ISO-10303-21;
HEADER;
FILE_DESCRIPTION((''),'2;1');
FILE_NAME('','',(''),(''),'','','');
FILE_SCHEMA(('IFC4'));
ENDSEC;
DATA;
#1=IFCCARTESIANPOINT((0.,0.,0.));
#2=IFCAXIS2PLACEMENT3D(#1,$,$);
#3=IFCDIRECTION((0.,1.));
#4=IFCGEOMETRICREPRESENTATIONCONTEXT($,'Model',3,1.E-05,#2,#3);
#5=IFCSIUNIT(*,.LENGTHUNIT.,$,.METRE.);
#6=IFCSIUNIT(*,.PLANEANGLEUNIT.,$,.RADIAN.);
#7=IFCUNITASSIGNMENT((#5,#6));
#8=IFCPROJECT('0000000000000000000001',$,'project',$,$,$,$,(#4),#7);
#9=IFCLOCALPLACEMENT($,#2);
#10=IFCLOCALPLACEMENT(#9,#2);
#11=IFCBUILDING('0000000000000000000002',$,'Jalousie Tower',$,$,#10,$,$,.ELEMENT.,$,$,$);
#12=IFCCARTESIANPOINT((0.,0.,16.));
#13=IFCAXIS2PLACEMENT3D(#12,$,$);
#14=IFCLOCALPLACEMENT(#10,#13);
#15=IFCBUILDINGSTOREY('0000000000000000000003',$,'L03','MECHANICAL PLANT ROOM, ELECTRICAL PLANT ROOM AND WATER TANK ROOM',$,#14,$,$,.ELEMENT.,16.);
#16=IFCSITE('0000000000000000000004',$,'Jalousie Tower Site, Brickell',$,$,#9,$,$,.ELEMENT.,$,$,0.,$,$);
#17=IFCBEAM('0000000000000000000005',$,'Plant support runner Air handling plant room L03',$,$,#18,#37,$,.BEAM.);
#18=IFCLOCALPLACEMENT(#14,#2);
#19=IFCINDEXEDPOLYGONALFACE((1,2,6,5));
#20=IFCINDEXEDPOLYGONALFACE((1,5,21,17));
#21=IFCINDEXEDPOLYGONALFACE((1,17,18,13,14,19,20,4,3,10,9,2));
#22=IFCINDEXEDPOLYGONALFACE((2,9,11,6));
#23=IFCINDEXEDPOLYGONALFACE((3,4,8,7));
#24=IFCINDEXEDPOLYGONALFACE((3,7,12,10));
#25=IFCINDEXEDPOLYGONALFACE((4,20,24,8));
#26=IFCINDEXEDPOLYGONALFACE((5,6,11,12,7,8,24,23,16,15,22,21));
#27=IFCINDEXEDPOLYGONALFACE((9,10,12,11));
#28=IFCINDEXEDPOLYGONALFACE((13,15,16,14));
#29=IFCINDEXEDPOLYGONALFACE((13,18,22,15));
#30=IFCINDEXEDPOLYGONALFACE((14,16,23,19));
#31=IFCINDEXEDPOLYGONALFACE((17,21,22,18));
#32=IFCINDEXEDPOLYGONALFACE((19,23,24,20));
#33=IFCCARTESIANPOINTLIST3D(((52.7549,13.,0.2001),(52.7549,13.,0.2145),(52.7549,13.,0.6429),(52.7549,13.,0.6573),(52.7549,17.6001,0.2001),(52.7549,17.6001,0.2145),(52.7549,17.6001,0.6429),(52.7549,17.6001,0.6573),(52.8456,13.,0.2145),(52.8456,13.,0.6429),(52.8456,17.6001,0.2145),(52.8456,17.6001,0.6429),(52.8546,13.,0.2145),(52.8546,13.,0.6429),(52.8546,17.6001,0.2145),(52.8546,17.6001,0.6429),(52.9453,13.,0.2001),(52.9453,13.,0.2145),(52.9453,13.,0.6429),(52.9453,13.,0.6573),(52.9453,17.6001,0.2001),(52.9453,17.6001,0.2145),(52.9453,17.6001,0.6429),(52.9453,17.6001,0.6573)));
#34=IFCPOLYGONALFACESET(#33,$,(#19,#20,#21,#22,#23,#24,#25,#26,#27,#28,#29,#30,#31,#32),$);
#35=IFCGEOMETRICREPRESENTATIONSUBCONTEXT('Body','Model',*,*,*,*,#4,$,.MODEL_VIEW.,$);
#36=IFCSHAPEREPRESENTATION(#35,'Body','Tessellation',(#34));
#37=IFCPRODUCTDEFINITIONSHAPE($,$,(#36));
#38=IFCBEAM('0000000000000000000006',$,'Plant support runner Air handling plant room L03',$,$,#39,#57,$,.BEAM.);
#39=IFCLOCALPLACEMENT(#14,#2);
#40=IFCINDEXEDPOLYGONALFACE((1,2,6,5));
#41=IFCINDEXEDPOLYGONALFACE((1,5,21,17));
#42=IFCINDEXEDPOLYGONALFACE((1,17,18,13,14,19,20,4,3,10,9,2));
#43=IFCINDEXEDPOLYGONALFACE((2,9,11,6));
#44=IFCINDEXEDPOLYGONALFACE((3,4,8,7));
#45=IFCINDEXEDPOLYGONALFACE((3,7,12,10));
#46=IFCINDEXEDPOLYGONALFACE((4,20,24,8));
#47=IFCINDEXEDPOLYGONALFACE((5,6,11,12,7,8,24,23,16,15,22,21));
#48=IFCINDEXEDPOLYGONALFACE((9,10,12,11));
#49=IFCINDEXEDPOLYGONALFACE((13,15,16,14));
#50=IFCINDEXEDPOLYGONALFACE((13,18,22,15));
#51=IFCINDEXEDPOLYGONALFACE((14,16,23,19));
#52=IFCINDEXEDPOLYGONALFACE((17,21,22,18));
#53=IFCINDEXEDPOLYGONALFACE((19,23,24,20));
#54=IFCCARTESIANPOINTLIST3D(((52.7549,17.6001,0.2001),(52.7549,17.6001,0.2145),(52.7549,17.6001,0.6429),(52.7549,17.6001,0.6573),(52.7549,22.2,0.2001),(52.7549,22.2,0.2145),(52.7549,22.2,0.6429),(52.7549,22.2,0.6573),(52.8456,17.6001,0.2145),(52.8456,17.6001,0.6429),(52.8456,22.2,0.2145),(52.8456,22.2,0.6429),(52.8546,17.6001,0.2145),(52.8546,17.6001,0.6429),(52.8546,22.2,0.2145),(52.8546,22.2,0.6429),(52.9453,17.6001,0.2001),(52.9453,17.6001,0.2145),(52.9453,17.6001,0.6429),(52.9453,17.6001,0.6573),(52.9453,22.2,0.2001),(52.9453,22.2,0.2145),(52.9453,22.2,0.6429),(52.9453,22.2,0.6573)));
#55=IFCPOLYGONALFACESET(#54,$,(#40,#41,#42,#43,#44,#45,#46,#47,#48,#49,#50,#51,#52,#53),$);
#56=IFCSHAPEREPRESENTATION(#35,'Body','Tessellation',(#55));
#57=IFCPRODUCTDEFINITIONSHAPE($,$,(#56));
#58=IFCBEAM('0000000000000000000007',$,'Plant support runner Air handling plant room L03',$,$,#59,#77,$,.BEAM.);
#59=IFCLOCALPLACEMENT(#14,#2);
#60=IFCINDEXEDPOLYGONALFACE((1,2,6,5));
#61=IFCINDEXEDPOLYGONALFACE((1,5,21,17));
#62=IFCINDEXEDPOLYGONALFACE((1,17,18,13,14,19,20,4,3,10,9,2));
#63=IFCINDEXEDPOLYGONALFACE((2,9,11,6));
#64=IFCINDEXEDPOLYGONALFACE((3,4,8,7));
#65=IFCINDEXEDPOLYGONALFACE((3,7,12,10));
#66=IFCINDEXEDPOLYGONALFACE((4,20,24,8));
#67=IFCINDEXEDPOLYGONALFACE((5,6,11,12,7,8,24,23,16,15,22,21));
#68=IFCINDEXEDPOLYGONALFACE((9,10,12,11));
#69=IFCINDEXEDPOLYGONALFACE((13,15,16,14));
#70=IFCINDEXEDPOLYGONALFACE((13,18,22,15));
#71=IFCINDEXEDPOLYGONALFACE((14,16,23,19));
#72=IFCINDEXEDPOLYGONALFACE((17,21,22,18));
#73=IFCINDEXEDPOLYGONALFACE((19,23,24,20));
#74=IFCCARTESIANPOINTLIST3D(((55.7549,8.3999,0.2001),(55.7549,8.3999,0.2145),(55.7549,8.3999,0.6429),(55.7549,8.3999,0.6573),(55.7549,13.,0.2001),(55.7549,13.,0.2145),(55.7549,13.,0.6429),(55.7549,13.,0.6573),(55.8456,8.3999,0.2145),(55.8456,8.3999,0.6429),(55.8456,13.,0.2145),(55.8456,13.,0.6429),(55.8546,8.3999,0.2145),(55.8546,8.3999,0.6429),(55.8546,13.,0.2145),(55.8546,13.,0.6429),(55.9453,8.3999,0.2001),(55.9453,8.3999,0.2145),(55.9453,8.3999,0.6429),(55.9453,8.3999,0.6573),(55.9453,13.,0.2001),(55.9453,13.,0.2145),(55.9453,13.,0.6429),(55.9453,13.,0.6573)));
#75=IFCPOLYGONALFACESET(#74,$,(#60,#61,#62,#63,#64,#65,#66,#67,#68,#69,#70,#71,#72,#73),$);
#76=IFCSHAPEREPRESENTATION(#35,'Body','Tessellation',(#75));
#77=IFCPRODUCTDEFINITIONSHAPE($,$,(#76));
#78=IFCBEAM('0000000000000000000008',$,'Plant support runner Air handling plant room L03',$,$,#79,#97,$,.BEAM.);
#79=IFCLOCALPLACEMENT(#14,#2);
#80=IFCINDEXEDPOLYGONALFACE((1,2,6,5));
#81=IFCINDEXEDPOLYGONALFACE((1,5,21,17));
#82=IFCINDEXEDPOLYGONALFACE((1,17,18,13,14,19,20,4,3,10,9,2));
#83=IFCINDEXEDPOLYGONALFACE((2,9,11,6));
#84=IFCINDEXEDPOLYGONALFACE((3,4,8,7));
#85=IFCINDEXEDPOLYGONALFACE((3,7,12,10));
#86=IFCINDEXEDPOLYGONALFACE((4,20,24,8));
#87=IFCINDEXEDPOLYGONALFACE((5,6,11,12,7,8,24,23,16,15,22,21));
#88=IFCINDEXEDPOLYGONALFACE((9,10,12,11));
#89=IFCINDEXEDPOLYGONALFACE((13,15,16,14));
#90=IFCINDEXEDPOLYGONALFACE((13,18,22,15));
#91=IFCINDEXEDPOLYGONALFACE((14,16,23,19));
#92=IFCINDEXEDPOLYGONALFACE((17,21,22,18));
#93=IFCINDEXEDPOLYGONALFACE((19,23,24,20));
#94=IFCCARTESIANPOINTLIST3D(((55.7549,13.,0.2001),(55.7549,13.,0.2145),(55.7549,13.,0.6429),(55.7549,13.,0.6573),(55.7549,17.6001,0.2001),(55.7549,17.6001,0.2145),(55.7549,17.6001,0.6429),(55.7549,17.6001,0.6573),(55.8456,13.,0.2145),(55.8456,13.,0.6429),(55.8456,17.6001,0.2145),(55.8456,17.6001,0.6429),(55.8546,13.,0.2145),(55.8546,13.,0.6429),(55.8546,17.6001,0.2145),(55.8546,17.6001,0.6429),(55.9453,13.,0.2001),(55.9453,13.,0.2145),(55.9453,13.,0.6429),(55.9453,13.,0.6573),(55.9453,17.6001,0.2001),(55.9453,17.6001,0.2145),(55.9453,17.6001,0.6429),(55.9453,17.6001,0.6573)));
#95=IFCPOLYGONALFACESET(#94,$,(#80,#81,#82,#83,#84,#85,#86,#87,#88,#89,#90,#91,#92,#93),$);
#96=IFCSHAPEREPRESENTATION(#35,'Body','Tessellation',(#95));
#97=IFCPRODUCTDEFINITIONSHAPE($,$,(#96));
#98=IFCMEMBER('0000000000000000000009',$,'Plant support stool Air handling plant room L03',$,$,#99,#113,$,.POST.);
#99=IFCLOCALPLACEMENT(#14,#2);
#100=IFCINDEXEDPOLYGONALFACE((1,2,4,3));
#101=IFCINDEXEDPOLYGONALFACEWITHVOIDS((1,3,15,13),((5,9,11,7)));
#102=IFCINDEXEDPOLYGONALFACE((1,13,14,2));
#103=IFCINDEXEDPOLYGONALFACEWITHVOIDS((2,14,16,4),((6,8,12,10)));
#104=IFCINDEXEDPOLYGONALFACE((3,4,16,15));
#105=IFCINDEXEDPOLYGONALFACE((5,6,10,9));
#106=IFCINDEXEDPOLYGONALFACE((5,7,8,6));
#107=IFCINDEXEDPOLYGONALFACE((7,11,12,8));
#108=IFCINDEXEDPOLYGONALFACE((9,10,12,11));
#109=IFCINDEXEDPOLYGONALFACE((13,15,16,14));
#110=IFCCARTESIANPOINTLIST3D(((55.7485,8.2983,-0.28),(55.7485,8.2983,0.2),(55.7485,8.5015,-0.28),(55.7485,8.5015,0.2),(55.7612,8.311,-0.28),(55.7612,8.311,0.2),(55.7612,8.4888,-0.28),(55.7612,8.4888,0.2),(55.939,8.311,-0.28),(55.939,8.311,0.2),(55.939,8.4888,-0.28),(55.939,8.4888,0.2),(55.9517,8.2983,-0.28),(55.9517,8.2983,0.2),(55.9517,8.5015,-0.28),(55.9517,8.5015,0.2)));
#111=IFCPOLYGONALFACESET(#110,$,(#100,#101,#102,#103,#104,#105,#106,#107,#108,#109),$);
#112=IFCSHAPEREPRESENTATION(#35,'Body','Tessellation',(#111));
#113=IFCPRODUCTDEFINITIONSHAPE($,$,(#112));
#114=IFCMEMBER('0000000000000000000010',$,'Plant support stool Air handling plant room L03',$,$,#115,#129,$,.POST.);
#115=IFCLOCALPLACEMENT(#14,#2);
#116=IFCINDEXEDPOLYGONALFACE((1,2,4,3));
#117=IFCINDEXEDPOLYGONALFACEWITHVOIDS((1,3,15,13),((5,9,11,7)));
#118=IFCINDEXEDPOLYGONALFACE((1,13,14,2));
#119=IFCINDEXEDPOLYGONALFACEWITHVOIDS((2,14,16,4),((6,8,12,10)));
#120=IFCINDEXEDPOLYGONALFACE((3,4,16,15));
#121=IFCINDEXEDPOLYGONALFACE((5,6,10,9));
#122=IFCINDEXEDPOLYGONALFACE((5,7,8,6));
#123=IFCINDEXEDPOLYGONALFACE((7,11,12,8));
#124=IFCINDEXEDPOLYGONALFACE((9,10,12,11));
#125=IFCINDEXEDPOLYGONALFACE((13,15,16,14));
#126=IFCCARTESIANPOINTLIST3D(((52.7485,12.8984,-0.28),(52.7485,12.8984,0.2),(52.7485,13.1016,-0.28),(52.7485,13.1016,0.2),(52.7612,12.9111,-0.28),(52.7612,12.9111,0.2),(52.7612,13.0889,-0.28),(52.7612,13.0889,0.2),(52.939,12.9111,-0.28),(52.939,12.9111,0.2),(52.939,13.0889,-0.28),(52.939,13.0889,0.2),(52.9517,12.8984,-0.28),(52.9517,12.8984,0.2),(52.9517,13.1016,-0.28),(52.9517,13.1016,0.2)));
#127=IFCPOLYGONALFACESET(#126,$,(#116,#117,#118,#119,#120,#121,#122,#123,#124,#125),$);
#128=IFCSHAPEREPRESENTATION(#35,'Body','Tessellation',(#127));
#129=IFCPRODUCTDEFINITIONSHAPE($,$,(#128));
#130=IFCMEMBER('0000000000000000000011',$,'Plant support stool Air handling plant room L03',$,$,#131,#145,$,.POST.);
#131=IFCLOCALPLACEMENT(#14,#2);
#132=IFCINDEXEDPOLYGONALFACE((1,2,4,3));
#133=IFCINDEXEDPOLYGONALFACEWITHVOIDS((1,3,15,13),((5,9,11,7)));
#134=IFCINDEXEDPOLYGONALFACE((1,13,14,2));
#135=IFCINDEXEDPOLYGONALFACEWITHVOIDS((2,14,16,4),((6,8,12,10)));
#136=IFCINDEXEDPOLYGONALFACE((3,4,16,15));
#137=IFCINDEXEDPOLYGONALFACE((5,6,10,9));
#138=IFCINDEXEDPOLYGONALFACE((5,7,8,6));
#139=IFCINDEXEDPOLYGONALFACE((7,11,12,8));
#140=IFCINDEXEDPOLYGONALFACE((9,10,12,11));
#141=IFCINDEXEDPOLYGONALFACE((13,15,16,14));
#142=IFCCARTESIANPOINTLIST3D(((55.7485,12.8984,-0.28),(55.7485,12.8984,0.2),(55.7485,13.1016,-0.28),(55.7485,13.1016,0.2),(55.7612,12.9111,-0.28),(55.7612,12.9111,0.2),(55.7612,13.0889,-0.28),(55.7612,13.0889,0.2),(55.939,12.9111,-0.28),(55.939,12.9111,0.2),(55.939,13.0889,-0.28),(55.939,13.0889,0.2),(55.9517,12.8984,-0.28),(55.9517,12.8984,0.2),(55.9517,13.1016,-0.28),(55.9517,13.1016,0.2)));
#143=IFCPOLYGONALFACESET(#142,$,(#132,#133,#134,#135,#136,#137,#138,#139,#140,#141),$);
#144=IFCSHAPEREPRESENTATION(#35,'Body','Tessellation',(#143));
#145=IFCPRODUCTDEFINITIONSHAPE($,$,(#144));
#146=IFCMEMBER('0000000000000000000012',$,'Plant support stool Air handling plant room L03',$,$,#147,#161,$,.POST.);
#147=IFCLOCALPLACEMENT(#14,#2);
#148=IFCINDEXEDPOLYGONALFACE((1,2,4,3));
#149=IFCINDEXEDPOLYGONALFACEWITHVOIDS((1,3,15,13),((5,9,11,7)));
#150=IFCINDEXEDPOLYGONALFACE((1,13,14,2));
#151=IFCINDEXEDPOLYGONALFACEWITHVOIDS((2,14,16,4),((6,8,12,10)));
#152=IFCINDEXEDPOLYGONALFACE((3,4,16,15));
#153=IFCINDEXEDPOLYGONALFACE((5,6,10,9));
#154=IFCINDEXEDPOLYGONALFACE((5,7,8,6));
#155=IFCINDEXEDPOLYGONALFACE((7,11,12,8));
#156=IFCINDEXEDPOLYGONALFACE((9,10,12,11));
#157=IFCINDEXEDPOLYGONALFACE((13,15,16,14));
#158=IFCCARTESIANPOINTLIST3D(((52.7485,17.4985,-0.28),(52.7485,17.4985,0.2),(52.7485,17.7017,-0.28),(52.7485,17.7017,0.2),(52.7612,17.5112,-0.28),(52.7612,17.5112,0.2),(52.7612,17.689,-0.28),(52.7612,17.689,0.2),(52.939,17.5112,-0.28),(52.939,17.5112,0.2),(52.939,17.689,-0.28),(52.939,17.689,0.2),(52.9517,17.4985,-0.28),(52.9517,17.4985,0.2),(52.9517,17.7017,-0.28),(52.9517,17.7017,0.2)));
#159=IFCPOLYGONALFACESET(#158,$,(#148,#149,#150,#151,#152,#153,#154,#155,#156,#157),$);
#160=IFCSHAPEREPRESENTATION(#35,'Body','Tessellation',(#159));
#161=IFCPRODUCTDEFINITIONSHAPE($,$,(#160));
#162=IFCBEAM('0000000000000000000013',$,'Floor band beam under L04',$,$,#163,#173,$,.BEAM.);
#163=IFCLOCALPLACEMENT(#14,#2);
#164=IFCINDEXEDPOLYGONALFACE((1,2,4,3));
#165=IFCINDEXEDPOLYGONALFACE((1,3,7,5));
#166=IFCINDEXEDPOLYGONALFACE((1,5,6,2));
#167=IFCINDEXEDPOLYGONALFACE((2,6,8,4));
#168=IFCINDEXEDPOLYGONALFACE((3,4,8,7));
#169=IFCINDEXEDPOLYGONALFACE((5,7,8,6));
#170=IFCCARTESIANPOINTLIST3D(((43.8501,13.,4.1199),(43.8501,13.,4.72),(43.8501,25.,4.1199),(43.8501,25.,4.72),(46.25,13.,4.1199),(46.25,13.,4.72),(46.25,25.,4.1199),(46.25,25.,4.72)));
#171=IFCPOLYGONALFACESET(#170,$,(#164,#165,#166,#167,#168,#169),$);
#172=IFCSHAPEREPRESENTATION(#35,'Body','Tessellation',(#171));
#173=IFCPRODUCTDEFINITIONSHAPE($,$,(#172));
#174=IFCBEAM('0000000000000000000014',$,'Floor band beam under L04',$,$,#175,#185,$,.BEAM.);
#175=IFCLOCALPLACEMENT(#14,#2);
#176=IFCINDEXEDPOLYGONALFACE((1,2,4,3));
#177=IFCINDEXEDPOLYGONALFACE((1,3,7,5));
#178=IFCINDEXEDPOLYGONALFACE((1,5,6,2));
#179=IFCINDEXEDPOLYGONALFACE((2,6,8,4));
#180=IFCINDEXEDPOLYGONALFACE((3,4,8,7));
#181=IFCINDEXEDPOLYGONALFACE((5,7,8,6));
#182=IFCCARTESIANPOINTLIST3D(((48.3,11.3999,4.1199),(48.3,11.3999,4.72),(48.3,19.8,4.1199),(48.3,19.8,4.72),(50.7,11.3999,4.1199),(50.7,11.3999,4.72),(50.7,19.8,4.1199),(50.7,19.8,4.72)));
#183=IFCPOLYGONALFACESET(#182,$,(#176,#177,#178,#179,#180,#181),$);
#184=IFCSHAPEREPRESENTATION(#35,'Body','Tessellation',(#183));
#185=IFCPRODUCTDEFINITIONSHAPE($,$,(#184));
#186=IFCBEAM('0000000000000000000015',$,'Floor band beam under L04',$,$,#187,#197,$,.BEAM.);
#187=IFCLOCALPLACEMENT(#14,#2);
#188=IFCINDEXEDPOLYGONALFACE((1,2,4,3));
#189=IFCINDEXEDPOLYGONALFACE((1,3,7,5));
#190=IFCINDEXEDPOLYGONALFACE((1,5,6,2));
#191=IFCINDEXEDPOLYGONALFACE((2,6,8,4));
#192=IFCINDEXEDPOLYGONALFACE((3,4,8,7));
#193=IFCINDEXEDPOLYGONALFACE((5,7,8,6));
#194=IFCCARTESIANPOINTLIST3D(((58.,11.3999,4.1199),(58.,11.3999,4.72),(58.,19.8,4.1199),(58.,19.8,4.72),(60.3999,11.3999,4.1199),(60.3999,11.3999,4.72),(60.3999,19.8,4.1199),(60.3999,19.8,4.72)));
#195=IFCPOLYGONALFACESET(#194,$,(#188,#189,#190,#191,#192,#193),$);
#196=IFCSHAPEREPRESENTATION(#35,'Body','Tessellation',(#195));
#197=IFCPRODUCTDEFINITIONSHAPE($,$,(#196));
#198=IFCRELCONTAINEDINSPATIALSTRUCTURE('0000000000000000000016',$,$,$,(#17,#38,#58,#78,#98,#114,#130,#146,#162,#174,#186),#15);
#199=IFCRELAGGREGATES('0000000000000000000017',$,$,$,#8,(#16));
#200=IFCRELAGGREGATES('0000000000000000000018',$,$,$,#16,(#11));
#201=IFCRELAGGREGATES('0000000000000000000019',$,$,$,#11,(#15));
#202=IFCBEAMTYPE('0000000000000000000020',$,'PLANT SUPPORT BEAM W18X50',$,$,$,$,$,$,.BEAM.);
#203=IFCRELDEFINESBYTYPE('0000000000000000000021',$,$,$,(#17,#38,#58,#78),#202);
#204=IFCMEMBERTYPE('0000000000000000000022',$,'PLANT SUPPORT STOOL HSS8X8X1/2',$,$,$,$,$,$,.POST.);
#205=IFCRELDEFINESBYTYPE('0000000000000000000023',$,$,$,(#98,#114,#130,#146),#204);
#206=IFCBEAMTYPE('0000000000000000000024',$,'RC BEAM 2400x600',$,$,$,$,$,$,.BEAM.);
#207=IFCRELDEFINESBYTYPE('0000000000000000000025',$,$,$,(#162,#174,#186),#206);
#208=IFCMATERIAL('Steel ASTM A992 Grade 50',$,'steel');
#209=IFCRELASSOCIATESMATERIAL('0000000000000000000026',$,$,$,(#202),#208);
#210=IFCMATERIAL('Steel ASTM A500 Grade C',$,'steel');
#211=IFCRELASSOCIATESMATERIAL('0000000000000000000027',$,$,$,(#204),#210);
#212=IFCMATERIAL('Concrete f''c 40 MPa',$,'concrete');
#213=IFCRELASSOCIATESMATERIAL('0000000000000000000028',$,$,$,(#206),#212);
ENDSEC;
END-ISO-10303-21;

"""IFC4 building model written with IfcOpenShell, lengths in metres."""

from ifc_helpers import new_model, si_unit, direction, frame, origin, origin_2d, place, context, subcontext, project, spatial, rectangle, hollow_rectangle, i_section, extrude, material, material_profile, profile_set, type_object, element, save


model = new_model("IFC4")

# Units and contexts
model_context = context("Model", 3, precision=1e-05, world=origin(), true_north=direction((0.0, 1.0)))
body_context = subcontext(model_context, "Body", "Model", "MODEL_VIEW")
ifc_project = project(units=[si_unit("LENGTHUNIT", "METRE"), si_unit("PLANEANGLEUNIT", "RADIAN")], contexts=[model_context])

# Site, building, storey
site_placement = place(None, origin())
site = spatial("IfcSite", under=ifc_project, at=site_placement, Name="Jalousie Tower Site, Brickell", CompositionType="ELEMENT", RefElevation=0.0)
building_placement = place(site_placement, origin())
building = spatial("IfcBuilding", under=site, at=building_placement, Name="Jalousie Tower", CompositionType="ELEMENT")
storey_placement = place(building_placement, frame((0.0, 0.0, 16.0)))
storey = spatial("IfcBuildingStorey", under=building, at=storey_placement, Name="L03", Description="MECHANICAL PLANT ROOM, ELECTRICAL PLANT ROOM AND WATER TANK ROOM", CompositionType="ELEMENT", Elevation=16.0)

# Beams
ifc_material_1 = material(Name="Steel ASTM A992 Grade 50", Category="steel")
ifc_material_profile_1 = material_profile(ifc_material_1, i_section(OverallWidth=0.1904, OverallDepth=0.4573, WebThickness=0.009, FlangeThickness=0.0144, at=origin_2d()), Name="W18X50")
ifc_profile_set_1 = profile_set([ifc_material_profile_1], Name="Steel ASTM A992 Grade 50")
beam_type_1 = type_object("IfcBeamType", Name="PLANT SUPPORT BEAM W18X50", PredefinedType="BEAM", material=ifc_profile_set_1)
for number, where, z_axis, x_axis, name in (
    (1, (52.8501, 13.0, 0.4287), (0.0, 1.0, 0.0), (-1.0, 0.0, 0.0), "Plant support runner Air handling plant room L03"),
):
    element("IfcBeam", number, at=place(storey_placement, frame(where, z_axis=z_axis, x_axis=x_axis)), inside=storey, type_object=beam_type_1, Name=name, PredefinedType="BEAM", context=body_context, shape_type="SweptSolid", body=[
        extrude(i_section(OverallWidth=0.1904, OverallDepth=0.4573, WebThickness=0.009, FlangeThickness=0.0144, at=origin_2d()), origin(), (0.0, 0.0, 1.0), 4.6001),
    ])
beam_1_placement = place(storey_placement, frame((52.8501, 17.6001, 0.4287), z_axis=(0.0, 1.0, 0.0), x_axis=(-1.0, 0.0, 0.0)))
element("IfcBeam", 2, at=beam_1_placement, inside=storey, type_object=beam_type_1, Name="Plant support runner Air handling plant room L03", PredefinedType="BEAM", context=body_context, shape_type="SweptSolid", body=[
    extrude(i_section(OverallWidth=0.1904, OverallDepth=0.4573, WebThickness=0.009, FlangeThickness=0.0144, at=origin_2d()), origin(), (0.0, 0.0, 1.0), 4.5999),
])
for number, where, z_axis, x_axis, name in (
    (3, (55.8501, 8.3999, 0.4287), (0.0, 1.0, 0.0), (-1.0, 0.0, 0.0), "Plant support runner Air handling plant room L03"),
    (4, (55.8501, 13.0, 0.4287), (0.0, 1.0, 0.0), (-1.0, 0.0, 0.0), "Plant support runner Air handling plant room L03"),
):
    element("IfcBeam", number, at=place(storey_placement, frame(where, z_axis=z_axis, x_axis=x_axis)), inside=storey, type_object=beam_type_1, Name=name, PredefinedType="BEAM", context=body_context, shape_type="SweptSolid", body=[
        extrude(i_section(OverallWidth=0.1904, OverallDepth=0.4573, WebThickness=0.009, FlangeThickness=0.0144, at=origin_2d()), origin(), (0.0, 0.0, 1.0), 4.6001),
    ])

# Members
ifc_material_2 = material(Name="Steel ASTM A500 Grade C", Category="steel")
ifc_material_profile_2 = material_profile(ifc_material_2, hollow_rectangle(XDim=0.2031, YDim=0.2031, WallThickness=0.0127, at=origin_2d()), Name="HSS8X8X1/2")
ifc_profile_set_2 = profile_set([ifc_material_profile_2], Name="Steel ASTM A500 Grade C")
member_type = type_object("IfcMemberType", Name="PLANT SUPPORT STOOL HSS8X8X1/2", PredefinedType="POST", material=ifc_profile_set_2)
for number, where, z_axis, x_axis, name in (
    (5, (55.8501, 8.3999, -0.28), (0.0, 0.0, 1.0), (1.0, 0.0, 0.0), "Plant support stool Air handling plant room L03"),
    (6, (52.8501, 13.0, -0.28), (0.0, 0.0, 1.0), (1.0, 0.0, 0.0), "Plant support stool Air handling plant room L03"),
    (7, (55.8501, 13.0, -0.28), (0.0, 0.0, 1.0), (1.0, 0.0, 0.0), "Plant support stool Air handling plant room L03"),
    (8, (52.8501, 17.6001, -0.28), (0.0, 0.0, 1.0), (1.0, 0.0, 0.0), "Plant support stool Air handling plant room L03"),
):
    element("IfcMember", number, at=place(storey_placement, frame(where, z_axis=z_axis, x_axis=x_axis)), inside=storey, type_object=member_type, Name=name, PredefinedType="POST", context=body_context, shape_type="SweptSolid", body=[
        extrude(hollow_rectangle(XDim=0.2031, YDim=0.2031, WallThickness=0.0127, at=origin_2d()), origin(), (0.0, 0.0, 1.0), 0.48),
    ])

# Beams
ifc_material_3 = material(Name="Concrete f'c 40 MPa", Category="concrete")
ifc_material_profile_3 = material_profile(ifc_material_3, rectangle(XDim=2.3999, YDim=0.6001, at=origin_2d()), Name="RC 2400x600")
ifc_profile_set_3 = profile_set([ifc_material_profile_3], Name="Concrete f'c 40 MPa")
beam_type_2 = type_object("IfcBeamType", Name="RC BEAM 2400x600", PredefinedType="BEAM", material=ifc_profile_set_3)
beam_2_placement = place(storey_placement, frame((45.05, 13.0, 4.4199), z_axis=(0.0, 1.0, 0.0), x_axis=(-1.0, 0.0, 0.0)))
element("IfcBeam", 9, at=beam_2_placement, inside=storey, type_object=beam_type_2, Name="Floor band beam under L04", PredefinedType="BEAM", context=body_context, shape_type="SweptSolid", body=[
    extrude(rectangle(XDim=2.3999, YDim=0.6001, at=origin_2d()), origin(), (0.0, 0.0, 1.0), 12.0),
])
for number, where, z_axis, x_axis, name in (
    (10, (49.5, 11.3999, 4.4199), (0.0, 1.0, 0.0), (-1.0, 0.0, 0.0), "Floor band beam under L04"),
    (11, (59.2, 11.3999, 4.4199), (0.0, 1.0, 0.0), (-1.0, 0.0, 0.0), "Floor band beam under L04"),
):
    element("IfcBeam", number, at=place(storey_placement, frame(where, z_axis=z_axis, x_axis=x_axis)), inside=storey, type_object=beam_type_2, Name=name, PredefinedType="BEAM", context=body_context, shape_type="SweptSolid", body=[
        extrude(rectangle(XDim=2.3999, YDim=0.6001, at=origin_2d()), origin(), (0.0, 0.0, 1.0), 8.4001),
    ])

save(model, "model.ifc")
